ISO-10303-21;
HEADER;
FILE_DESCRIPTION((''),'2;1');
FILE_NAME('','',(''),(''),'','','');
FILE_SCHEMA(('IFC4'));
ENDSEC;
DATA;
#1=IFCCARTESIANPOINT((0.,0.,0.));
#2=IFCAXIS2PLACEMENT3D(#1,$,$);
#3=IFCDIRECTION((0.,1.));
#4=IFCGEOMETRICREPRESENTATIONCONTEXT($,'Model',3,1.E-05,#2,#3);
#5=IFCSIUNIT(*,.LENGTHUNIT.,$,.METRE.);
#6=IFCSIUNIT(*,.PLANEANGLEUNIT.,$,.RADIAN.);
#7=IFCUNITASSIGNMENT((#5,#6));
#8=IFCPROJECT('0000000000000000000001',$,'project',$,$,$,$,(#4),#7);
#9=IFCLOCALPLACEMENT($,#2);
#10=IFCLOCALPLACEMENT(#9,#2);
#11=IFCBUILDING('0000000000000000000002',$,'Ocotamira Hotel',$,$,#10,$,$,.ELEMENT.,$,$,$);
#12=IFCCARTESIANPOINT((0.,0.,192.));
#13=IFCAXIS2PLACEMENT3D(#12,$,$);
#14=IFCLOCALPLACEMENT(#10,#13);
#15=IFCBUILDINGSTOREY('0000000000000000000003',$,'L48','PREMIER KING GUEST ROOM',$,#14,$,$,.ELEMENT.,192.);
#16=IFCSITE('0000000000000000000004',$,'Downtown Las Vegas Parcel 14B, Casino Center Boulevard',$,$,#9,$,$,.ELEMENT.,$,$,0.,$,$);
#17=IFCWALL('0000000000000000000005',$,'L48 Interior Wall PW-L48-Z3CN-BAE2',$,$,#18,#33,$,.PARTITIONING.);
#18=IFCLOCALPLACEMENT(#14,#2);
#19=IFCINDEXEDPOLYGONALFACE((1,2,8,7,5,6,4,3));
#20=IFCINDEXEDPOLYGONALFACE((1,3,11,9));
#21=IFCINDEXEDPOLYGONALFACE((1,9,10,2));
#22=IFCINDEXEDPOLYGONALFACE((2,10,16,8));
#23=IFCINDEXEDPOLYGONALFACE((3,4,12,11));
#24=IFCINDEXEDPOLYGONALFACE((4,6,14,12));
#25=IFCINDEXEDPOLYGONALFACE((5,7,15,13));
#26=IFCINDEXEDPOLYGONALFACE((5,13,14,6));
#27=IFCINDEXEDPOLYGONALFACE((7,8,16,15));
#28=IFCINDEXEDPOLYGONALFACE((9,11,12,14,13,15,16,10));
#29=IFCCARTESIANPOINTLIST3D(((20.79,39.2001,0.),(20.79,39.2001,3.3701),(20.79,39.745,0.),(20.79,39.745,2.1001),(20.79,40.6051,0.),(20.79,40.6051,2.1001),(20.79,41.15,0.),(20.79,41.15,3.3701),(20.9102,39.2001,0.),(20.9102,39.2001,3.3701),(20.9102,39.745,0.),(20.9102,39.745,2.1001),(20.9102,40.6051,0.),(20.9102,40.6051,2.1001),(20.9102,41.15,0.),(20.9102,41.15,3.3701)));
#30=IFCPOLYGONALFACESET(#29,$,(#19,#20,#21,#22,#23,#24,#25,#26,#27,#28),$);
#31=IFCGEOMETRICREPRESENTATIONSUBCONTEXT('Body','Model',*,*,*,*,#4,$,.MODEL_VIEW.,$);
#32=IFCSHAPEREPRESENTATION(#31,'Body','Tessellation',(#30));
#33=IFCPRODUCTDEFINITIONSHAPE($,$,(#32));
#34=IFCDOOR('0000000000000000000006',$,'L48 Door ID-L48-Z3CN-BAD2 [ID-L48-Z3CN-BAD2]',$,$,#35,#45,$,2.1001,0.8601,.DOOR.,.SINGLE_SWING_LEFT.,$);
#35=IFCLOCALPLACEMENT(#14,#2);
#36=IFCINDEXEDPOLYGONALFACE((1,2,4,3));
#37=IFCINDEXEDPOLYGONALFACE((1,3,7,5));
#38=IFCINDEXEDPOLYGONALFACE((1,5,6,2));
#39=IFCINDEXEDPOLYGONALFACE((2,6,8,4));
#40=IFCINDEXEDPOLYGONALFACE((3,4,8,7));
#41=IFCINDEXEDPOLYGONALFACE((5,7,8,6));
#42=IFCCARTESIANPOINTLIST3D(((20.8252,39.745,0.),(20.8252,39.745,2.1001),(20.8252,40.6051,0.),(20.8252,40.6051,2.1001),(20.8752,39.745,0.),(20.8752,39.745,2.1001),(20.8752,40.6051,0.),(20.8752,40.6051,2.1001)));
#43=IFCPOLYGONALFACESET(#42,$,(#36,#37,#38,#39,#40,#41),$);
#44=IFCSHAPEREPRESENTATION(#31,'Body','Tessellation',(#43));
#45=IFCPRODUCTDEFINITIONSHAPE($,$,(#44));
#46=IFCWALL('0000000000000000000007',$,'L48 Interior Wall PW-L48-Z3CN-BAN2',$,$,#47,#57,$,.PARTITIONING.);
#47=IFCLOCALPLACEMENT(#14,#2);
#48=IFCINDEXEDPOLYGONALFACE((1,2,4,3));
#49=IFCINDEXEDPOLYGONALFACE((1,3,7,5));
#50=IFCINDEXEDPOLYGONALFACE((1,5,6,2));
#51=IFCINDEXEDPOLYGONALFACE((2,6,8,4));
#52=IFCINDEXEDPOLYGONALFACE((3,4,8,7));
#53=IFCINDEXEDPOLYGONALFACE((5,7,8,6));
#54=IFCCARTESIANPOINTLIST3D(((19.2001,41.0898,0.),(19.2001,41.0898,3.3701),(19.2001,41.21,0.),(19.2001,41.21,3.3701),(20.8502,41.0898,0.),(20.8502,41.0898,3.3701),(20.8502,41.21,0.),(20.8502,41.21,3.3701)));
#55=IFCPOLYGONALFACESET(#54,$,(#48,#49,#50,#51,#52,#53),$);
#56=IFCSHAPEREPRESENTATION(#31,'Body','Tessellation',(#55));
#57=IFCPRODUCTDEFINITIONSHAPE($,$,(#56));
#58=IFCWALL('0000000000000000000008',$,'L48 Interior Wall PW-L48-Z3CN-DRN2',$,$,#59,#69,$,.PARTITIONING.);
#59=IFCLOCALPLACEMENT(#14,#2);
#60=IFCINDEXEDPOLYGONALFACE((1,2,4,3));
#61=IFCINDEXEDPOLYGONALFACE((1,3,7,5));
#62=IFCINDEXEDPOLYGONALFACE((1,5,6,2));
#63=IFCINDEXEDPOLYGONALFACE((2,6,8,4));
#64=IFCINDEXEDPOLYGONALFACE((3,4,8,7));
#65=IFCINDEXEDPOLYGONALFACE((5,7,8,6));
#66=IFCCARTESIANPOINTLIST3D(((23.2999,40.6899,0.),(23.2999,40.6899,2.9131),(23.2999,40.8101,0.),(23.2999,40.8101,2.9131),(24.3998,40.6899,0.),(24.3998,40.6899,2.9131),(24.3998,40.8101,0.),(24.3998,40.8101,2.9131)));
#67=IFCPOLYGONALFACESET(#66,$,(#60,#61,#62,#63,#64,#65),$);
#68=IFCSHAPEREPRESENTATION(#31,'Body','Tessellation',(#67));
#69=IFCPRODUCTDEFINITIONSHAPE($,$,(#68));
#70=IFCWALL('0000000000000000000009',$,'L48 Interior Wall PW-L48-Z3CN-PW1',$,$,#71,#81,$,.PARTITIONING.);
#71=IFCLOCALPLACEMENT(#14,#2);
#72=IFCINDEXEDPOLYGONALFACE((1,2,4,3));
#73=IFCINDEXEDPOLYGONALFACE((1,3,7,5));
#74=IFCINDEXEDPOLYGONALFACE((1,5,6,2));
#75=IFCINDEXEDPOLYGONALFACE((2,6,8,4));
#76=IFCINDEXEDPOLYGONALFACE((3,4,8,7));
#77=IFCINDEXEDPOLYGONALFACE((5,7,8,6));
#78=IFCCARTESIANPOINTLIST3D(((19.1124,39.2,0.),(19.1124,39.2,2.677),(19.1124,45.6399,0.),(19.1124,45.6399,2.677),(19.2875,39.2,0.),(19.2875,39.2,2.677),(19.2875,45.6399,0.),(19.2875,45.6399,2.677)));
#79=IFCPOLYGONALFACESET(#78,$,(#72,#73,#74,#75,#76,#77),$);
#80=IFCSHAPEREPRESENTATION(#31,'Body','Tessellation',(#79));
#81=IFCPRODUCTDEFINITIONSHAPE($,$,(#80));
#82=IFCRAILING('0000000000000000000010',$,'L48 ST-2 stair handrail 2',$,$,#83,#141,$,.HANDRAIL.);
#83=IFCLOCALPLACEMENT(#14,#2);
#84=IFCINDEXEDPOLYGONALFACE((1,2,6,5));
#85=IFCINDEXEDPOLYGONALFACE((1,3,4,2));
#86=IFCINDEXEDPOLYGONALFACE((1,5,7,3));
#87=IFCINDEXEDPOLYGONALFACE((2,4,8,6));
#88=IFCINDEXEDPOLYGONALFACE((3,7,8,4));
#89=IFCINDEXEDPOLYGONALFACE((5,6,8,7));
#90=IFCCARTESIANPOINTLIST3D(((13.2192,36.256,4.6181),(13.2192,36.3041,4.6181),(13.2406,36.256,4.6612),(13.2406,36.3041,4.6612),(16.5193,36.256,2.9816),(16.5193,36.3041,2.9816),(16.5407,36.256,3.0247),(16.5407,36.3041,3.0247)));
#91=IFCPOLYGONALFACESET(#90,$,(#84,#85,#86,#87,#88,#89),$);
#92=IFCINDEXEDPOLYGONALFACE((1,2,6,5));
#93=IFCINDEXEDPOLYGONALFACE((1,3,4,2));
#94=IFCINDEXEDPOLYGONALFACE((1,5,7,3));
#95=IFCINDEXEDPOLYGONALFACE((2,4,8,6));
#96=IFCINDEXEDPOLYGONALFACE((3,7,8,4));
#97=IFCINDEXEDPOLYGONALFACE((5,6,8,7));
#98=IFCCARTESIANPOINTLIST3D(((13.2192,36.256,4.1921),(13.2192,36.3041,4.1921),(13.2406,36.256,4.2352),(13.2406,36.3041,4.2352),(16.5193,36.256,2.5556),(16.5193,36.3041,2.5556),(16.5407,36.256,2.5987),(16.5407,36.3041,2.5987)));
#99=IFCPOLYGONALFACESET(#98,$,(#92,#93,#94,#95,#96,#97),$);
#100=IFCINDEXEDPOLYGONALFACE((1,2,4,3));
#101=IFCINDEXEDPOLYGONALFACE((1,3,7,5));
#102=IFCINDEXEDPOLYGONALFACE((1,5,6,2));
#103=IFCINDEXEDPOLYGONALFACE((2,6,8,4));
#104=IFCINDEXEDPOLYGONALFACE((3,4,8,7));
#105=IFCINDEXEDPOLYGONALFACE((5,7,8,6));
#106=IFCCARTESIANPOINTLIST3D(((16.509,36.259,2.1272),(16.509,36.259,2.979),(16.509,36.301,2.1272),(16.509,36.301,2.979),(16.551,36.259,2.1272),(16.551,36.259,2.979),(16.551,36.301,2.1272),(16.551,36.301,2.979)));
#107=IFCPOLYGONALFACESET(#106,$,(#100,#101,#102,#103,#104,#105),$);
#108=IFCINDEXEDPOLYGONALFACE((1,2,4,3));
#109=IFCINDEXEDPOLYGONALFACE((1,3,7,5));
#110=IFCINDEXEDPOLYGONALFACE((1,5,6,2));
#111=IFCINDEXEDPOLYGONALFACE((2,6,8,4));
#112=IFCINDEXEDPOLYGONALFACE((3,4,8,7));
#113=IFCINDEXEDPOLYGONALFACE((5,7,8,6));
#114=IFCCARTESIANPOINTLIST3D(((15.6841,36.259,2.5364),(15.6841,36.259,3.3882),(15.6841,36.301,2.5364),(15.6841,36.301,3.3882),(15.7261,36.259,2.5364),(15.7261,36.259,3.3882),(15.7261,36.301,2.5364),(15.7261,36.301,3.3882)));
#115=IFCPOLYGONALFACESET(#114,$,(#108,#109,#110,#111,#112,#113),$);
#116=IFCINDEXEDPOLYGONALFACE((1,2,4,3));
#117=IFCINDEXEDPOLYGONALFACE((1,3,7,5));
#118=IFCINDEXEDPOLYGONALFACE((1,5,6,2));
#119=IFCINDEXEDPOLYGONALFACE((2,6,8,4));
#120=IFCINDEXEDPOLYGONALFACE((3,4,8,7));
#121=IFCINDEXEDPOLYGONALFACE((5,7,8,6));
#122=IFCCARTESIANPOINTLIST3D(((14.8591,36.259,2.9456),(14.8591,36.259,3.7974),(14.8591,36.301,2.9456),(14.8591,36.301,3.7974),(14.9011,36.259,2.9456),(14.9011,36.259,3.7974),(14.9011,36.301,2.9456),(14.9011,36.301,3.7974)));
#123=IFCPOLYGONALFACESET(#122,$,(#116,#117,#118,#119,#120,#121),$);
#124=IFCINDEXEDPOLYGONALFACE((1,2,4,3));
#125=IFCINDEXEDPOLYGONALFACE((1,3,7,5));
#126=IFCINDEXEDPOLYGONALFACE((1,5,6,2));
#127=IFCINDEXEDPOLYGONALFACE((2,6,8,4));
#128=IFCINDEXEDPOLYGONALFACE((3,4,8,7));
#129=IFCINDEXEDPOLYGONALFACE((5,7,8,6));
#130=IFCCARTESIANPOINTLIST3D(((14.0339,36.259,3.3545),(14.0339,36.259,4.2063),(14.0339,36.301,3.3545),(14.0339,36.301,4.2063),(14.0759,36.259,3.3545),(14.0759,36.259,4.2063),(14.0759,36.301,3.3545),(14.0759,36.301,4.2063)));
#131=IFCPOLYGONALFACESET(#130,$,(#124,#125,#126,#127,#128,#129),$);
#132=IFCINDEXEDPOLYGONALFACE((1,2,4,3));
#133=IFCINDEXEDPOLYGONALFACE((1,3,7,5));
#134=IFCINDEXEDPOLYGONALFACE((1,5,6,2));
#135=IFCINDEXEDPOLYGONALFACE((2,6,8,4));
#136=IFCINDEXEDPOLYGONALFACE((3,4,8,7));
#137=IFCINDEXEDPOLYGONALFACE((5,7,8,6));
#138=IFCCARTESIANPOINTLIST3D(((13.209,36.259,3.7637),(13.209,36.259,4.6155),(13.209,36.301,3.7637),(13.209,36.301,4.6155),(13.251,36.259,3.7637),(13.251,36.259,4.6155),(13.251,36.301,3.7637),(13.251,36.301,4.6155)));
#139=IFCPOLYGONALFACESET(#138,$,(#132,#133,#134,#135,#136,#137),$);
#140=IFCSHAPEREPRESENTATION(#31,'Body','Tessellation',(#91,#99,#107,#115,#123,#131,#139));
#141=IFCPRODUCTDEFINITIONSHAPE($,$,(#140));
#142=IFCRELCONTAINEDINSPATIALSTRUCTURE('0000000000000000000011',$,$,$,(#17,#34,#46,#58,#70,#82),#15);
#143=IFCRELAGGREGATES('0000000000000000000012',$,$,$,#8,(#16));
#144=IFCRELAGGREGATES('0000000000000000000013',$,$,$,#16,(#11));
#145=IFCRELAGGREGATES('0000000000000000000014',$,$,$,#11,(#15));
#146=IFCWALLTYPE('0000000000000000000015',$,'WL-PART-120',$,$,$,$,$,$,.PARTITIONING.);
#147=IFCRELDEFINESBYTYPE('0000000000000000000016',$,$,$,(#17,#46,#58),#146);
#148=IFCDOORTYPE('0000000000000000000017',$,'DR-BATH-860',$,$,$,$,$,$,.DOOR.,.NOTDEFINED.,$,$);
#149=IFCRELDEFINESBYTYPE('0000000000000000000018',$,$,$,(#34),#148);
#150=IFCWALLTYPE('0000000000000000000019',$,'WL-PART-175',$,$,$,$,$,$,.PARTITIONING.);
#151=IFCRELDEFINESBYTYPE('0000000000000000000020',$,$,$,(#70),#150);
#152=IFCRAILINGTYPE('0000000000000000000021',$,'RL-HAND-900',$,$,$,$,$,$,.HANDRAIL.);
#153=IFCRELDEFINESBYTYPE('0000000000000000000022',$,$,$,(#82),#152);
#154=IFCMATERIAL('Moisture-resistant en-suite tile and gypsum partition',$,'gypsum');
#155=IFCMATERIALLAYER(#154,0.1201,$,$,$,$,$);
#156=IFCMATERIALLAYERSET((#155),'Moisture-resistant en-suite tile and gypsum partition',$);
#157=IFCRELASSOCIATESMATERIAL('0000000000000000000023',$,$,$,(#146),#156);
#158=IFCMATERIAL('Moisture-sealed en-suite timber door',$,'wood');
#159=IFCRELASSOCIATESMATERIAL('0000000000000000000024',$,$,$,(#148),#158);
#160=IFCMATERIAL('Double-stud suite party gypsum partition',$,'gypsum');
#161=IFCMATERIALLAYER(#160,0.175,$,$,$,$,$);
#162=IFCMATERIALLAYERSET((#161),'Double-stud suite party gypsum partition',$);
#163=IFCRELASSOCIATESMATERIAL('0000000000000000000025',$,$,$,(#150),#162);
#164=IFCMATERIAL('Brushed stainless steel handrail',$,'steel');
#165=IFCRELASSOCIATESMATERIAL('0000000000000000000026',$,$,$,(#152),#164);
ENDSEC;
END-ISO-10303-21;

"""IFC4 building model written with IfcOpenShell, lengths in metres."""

from ifc_helpers import new_model, si_unit, direction, frame, frame_2d, origin, origin_2d, place, context, subcontext, project, spatial, rectangle, extrude, source, transform, mapped, material, layer, layer_set, type_object, element, fill, save


model = new_model("IFC4")

# Units and contexts
model_context = context("Model", 3, precision=1e-05, world=origin(), true_north=direction((0.0, 1.0)))
body_context = subcontext(model_context, "Body", "Model", "MODEL_VIEW")
ifc_project = project(units=[si_unit("LENGTHUNIT", "METRE"), si_unit("PLANEANGLEUNIT", "RADIAN")], contexts=[model_context])

# Site, building, storey
site_placement = place(None, origin())
site = spatial("IfcSite", under=ifc_project, at=site_placement, Name="Downtown Las Vegas Parcel 14B, Casino Center Boulevard", CompositionType="ELEMENT", RefElevation=0.0)
building_placement = place(site_placement, origin())
building = spatial("IfcBuilding", under=site, at=building_placement, Name="Ocotamira Hotel", CompositionType="ELEMENT")
storey_placement = place(building_placement, frame((0.0, 0.0, 192.0)))
storey = spatial("IfcBuildingStorey", under=building, at=storey_placement, Name="L48", Description="PREMIER KING GUEST ROOM", CompositionType="ELEMENT", Elevation=192.0)

# Shared definitions
ifc_material_1 = material(Name="Moisture-resistant en-suite tile and gypsum partition", Category="gypsum")
ifc_layer_1 = layer(ifc_material_1, 0.1201)
ifc_layer_set_1 = layer_set([ifc_layer_1], Name="Moisture-resistant en-suite tile and gypsum partition")
wall_type_1 = type_object("IfcWallType", Name="WL-PART-120", PredefinedType="PARTITIONING", material=ifc_layer_set_1)

# Wall, opening, door
wall_1_placement = place(storey_placement, frame((20.8501, 39.2, 0.0), z_axis=(0.0, 0.0, 1.0), x_axis=(0.0, 1.0, 0.0)))
wall_1 = element("IfcWall", 1, at=wall_1_placement, inside=storey, type_object=wall_type_1, Name="L48 Interior Wall PW-L48-Z3CN-BAE2", PredefinedType="PARTITIONING", context=body_context, shape_type="SweptSolid", body=[
    extrude(rectangle(XDim=1.95, YDim=0.1201, at=frame_2d((0.9751, 0.0))), origin(), (0.0, 0.0, 1.0), 3.3701),
])
opening_placement = place(wall_1_placement, frame((0.5449, 0.0, 0.0)))
opening = element("IfcOpeningElement", 2, at=opening_placement, cuts=wall_1, PredefinedType="OPENING", context=body_context, shape_type="SweptSolid", body=[
    extrude(rectangle(XDim=0.8601, YDim=2.1001, at=frame_2d((0.4302, 1.05))), frame((0.0, 0.0701, 0.0), z_axis=(0.0, -1.0, 0.0), x_axis=(1.0, 0.0, 0.0)), (0.0, 0.0, 1.0), 0.1401),
])
ifc_material_2 = material(Name="Moisture-sealed en-suite timber door", Category="wood")
door_type = type_object("IfcDoorType", Name="DR-BATH-860", OperationType="NOTDEFINED", PredefinedType="DOOR", material=ifc_material_2)
shared_shape_1 = source(origin(), body_context, "Body", "SweptSolid", [
    extrude(rectangle(XDim=0.8601, YDim=2.1001, at=frame_2d((0.4302, 1.05))), frame((0.0, 0.0249, 0.0), z_axis=(0.0, -1.0, 0.0), x_axis=(1.0, 0.0, 0.0)), (0.0, 0.0, 1.0), 0.05),
])
door_placement = place(opening_placement, origin())
door = element("IfcDoor", 3, at=door_placement, inside=storey, type_object=door_type, Name="L48 Door ID-L48-Z3CN-BAD2 [ID-L48-Z3CN-BAD2]", OperationType="SINGLE_SWING_LEFT", OverallHeight=2.1001, OverallWidth=0.8601, PredefinedType="DOOR", context=body_context, shape_type="MappedRepresentation", body=[
    mapped(shared_shape_1, transform((0.0, 0.0, 0.0), scale=1.0)),
])
fill(opening, door)

# Walls
wall_2_placement = place(storey_placement, frame((19.2, 41.1499, 0.0), z_axis=(0.0, 0.0, 1.0), x_axis=(1.0, 0.0, 0.0)))
element("IfcWall", 4, at=wall_2_placement, inside=storey, type_object=wall_type_1, Name="L48 Interior Wall PW-L48-Z3CN-BAN2", PredefinedType="PARTITIONING", context=body_context, shape_type="SweptSolid", body=[
    extrude(rectangle(XDim=1.6501, YDim=0.1201, at=frame_2d((0.8252, 0.0))), origin(), (0.0, 0.0, 1.0), 3.3701),
])
wall_3_placement = place(storey_placement, frame((23.3, 40.75, 0.0), z_axis=(0.0, 0.0, 1.0), x_axis=(1.0, 0.0, 0.0)))
element("IfcWall", 5, at=wall_3_placement, inside=storey, type_object=wall_type_1, Name="L48 Interior Wall PW-L48-Z3CN-DRN2", PredefinedType="PARTITIONING", context=body_context, shape_type="SweptSolid", body=[
    extrude(rectangle(XDim=1.0999, YDim=0.1201, at=frame_2d((0.5498, 0.0))), origin(), (0.0, 0.0, 1.0), 2.9131),
])
ifc_material_3 = material(Name="Double-stud suite party gypsum partition", Category="gypsum")
ifc_layer_2 = layer(ifc_material_3, 0.175)
ifc_layer_set_2 = layer_set([ifc_layer_2], Name="Double-stud suite party gypsum partition")
wall_type_2 = type_object("IfcWallType", Name="WL-PART-175", PredefinedType="PARTITIONING", material=ifc_layer_set_2)
wall_4_placement = place(storey_placement, frame((19.2, 39.2, 0.0), z_axis=(0.0, 0.0, 1.0), x_axis=(0.0, 1.0, 0.0)))
element("IfcWall", 6, at=wall_4_placement, inside=storey, type_object=wall_type_2, Name="L48 Interior Wall PW-L48-Z3CN-PW1", PredefinedType="PARTITIONING", context=body_context, shape_type="SweptSolid", body=[
    extrude(rectangle(XDim=6.4399, YDim=0.175, at=frame_2d((3.22, 0.0))), origin(), (0.0, 0.0, 1.0), 2.677),
])

# Railing
ifc_material_4 = material(Name="Brushed stainless steel handrail", Category="steel")
railing_type = type_object("IfcRailingType", Name="RL-HAND-900", PredefinedType="HANDRAIL", material=ifc_material_4)
railing_placement = place(storey_placement, frame((16.53, 36.28, 2.1272)))
element("IfcRailing", 7, at=railing_placement, inside=storey, type_object=railing_type, Name="L48 ST-2 stair handrail 2", PredefinedType="HANDRAIL", context=body_context, shape_type="SweptSolid", body=[
    extrude(rectangle(XDim=0.0481, YDim=0.0481, at=origin_2d()), frame((0.0, 0.0, 0.876), z_axis=(-0.895894, 0.0, 0.444268), x_axis=(0.0, -1.0, 0.0)), (0.0, 0.0, 1.0), 3.6836),
    extrude(rectangle(XDim=0.0481, YDim=0.0481, at=origin_2d()), frame((0.0, 0.0, 0.45), z_axis=(-0.895894, 0.0, 0.444268), x_axis=(0.0, -1.0, 0.0)), (0.0, 0.0, 1.0), 3.6836),
    extrude(rectangle(XDim=0.042, YDim=0.042, at=origin_2d()), origin(), (0.0, 0.0, 1.0), 0.8518),
    extrude(rectangle(XDim=0.042, YDim=0.042, at=origin_2d()), frame((-0.825, 0.0, 0.4092)), (0.0, 0.0, 1.0), 0.8518),
    extrude(rectangle(XDim=0.042, YDim=0.042, at=origin_2d()), frame((-1.6499, 0.0, 0.8184)), (0.0, 0.0, 1.0), 0.8518),
    extrude(rectangle(XDim=0.042, YDim=0.042, at=origin_2d()), frame((-2.4751, 0.0, 1.2273)), (0.0, 0.0, 1.0), 0.8518),
    extrude(rectangle(XDim=0.042, YDim=0.042, at=origin_2d()), frame((-3.3, 0.0, 1.6365)), (0.0, 0.0, 1.0), 0.8518),
])

save(model, "model.ifc")
